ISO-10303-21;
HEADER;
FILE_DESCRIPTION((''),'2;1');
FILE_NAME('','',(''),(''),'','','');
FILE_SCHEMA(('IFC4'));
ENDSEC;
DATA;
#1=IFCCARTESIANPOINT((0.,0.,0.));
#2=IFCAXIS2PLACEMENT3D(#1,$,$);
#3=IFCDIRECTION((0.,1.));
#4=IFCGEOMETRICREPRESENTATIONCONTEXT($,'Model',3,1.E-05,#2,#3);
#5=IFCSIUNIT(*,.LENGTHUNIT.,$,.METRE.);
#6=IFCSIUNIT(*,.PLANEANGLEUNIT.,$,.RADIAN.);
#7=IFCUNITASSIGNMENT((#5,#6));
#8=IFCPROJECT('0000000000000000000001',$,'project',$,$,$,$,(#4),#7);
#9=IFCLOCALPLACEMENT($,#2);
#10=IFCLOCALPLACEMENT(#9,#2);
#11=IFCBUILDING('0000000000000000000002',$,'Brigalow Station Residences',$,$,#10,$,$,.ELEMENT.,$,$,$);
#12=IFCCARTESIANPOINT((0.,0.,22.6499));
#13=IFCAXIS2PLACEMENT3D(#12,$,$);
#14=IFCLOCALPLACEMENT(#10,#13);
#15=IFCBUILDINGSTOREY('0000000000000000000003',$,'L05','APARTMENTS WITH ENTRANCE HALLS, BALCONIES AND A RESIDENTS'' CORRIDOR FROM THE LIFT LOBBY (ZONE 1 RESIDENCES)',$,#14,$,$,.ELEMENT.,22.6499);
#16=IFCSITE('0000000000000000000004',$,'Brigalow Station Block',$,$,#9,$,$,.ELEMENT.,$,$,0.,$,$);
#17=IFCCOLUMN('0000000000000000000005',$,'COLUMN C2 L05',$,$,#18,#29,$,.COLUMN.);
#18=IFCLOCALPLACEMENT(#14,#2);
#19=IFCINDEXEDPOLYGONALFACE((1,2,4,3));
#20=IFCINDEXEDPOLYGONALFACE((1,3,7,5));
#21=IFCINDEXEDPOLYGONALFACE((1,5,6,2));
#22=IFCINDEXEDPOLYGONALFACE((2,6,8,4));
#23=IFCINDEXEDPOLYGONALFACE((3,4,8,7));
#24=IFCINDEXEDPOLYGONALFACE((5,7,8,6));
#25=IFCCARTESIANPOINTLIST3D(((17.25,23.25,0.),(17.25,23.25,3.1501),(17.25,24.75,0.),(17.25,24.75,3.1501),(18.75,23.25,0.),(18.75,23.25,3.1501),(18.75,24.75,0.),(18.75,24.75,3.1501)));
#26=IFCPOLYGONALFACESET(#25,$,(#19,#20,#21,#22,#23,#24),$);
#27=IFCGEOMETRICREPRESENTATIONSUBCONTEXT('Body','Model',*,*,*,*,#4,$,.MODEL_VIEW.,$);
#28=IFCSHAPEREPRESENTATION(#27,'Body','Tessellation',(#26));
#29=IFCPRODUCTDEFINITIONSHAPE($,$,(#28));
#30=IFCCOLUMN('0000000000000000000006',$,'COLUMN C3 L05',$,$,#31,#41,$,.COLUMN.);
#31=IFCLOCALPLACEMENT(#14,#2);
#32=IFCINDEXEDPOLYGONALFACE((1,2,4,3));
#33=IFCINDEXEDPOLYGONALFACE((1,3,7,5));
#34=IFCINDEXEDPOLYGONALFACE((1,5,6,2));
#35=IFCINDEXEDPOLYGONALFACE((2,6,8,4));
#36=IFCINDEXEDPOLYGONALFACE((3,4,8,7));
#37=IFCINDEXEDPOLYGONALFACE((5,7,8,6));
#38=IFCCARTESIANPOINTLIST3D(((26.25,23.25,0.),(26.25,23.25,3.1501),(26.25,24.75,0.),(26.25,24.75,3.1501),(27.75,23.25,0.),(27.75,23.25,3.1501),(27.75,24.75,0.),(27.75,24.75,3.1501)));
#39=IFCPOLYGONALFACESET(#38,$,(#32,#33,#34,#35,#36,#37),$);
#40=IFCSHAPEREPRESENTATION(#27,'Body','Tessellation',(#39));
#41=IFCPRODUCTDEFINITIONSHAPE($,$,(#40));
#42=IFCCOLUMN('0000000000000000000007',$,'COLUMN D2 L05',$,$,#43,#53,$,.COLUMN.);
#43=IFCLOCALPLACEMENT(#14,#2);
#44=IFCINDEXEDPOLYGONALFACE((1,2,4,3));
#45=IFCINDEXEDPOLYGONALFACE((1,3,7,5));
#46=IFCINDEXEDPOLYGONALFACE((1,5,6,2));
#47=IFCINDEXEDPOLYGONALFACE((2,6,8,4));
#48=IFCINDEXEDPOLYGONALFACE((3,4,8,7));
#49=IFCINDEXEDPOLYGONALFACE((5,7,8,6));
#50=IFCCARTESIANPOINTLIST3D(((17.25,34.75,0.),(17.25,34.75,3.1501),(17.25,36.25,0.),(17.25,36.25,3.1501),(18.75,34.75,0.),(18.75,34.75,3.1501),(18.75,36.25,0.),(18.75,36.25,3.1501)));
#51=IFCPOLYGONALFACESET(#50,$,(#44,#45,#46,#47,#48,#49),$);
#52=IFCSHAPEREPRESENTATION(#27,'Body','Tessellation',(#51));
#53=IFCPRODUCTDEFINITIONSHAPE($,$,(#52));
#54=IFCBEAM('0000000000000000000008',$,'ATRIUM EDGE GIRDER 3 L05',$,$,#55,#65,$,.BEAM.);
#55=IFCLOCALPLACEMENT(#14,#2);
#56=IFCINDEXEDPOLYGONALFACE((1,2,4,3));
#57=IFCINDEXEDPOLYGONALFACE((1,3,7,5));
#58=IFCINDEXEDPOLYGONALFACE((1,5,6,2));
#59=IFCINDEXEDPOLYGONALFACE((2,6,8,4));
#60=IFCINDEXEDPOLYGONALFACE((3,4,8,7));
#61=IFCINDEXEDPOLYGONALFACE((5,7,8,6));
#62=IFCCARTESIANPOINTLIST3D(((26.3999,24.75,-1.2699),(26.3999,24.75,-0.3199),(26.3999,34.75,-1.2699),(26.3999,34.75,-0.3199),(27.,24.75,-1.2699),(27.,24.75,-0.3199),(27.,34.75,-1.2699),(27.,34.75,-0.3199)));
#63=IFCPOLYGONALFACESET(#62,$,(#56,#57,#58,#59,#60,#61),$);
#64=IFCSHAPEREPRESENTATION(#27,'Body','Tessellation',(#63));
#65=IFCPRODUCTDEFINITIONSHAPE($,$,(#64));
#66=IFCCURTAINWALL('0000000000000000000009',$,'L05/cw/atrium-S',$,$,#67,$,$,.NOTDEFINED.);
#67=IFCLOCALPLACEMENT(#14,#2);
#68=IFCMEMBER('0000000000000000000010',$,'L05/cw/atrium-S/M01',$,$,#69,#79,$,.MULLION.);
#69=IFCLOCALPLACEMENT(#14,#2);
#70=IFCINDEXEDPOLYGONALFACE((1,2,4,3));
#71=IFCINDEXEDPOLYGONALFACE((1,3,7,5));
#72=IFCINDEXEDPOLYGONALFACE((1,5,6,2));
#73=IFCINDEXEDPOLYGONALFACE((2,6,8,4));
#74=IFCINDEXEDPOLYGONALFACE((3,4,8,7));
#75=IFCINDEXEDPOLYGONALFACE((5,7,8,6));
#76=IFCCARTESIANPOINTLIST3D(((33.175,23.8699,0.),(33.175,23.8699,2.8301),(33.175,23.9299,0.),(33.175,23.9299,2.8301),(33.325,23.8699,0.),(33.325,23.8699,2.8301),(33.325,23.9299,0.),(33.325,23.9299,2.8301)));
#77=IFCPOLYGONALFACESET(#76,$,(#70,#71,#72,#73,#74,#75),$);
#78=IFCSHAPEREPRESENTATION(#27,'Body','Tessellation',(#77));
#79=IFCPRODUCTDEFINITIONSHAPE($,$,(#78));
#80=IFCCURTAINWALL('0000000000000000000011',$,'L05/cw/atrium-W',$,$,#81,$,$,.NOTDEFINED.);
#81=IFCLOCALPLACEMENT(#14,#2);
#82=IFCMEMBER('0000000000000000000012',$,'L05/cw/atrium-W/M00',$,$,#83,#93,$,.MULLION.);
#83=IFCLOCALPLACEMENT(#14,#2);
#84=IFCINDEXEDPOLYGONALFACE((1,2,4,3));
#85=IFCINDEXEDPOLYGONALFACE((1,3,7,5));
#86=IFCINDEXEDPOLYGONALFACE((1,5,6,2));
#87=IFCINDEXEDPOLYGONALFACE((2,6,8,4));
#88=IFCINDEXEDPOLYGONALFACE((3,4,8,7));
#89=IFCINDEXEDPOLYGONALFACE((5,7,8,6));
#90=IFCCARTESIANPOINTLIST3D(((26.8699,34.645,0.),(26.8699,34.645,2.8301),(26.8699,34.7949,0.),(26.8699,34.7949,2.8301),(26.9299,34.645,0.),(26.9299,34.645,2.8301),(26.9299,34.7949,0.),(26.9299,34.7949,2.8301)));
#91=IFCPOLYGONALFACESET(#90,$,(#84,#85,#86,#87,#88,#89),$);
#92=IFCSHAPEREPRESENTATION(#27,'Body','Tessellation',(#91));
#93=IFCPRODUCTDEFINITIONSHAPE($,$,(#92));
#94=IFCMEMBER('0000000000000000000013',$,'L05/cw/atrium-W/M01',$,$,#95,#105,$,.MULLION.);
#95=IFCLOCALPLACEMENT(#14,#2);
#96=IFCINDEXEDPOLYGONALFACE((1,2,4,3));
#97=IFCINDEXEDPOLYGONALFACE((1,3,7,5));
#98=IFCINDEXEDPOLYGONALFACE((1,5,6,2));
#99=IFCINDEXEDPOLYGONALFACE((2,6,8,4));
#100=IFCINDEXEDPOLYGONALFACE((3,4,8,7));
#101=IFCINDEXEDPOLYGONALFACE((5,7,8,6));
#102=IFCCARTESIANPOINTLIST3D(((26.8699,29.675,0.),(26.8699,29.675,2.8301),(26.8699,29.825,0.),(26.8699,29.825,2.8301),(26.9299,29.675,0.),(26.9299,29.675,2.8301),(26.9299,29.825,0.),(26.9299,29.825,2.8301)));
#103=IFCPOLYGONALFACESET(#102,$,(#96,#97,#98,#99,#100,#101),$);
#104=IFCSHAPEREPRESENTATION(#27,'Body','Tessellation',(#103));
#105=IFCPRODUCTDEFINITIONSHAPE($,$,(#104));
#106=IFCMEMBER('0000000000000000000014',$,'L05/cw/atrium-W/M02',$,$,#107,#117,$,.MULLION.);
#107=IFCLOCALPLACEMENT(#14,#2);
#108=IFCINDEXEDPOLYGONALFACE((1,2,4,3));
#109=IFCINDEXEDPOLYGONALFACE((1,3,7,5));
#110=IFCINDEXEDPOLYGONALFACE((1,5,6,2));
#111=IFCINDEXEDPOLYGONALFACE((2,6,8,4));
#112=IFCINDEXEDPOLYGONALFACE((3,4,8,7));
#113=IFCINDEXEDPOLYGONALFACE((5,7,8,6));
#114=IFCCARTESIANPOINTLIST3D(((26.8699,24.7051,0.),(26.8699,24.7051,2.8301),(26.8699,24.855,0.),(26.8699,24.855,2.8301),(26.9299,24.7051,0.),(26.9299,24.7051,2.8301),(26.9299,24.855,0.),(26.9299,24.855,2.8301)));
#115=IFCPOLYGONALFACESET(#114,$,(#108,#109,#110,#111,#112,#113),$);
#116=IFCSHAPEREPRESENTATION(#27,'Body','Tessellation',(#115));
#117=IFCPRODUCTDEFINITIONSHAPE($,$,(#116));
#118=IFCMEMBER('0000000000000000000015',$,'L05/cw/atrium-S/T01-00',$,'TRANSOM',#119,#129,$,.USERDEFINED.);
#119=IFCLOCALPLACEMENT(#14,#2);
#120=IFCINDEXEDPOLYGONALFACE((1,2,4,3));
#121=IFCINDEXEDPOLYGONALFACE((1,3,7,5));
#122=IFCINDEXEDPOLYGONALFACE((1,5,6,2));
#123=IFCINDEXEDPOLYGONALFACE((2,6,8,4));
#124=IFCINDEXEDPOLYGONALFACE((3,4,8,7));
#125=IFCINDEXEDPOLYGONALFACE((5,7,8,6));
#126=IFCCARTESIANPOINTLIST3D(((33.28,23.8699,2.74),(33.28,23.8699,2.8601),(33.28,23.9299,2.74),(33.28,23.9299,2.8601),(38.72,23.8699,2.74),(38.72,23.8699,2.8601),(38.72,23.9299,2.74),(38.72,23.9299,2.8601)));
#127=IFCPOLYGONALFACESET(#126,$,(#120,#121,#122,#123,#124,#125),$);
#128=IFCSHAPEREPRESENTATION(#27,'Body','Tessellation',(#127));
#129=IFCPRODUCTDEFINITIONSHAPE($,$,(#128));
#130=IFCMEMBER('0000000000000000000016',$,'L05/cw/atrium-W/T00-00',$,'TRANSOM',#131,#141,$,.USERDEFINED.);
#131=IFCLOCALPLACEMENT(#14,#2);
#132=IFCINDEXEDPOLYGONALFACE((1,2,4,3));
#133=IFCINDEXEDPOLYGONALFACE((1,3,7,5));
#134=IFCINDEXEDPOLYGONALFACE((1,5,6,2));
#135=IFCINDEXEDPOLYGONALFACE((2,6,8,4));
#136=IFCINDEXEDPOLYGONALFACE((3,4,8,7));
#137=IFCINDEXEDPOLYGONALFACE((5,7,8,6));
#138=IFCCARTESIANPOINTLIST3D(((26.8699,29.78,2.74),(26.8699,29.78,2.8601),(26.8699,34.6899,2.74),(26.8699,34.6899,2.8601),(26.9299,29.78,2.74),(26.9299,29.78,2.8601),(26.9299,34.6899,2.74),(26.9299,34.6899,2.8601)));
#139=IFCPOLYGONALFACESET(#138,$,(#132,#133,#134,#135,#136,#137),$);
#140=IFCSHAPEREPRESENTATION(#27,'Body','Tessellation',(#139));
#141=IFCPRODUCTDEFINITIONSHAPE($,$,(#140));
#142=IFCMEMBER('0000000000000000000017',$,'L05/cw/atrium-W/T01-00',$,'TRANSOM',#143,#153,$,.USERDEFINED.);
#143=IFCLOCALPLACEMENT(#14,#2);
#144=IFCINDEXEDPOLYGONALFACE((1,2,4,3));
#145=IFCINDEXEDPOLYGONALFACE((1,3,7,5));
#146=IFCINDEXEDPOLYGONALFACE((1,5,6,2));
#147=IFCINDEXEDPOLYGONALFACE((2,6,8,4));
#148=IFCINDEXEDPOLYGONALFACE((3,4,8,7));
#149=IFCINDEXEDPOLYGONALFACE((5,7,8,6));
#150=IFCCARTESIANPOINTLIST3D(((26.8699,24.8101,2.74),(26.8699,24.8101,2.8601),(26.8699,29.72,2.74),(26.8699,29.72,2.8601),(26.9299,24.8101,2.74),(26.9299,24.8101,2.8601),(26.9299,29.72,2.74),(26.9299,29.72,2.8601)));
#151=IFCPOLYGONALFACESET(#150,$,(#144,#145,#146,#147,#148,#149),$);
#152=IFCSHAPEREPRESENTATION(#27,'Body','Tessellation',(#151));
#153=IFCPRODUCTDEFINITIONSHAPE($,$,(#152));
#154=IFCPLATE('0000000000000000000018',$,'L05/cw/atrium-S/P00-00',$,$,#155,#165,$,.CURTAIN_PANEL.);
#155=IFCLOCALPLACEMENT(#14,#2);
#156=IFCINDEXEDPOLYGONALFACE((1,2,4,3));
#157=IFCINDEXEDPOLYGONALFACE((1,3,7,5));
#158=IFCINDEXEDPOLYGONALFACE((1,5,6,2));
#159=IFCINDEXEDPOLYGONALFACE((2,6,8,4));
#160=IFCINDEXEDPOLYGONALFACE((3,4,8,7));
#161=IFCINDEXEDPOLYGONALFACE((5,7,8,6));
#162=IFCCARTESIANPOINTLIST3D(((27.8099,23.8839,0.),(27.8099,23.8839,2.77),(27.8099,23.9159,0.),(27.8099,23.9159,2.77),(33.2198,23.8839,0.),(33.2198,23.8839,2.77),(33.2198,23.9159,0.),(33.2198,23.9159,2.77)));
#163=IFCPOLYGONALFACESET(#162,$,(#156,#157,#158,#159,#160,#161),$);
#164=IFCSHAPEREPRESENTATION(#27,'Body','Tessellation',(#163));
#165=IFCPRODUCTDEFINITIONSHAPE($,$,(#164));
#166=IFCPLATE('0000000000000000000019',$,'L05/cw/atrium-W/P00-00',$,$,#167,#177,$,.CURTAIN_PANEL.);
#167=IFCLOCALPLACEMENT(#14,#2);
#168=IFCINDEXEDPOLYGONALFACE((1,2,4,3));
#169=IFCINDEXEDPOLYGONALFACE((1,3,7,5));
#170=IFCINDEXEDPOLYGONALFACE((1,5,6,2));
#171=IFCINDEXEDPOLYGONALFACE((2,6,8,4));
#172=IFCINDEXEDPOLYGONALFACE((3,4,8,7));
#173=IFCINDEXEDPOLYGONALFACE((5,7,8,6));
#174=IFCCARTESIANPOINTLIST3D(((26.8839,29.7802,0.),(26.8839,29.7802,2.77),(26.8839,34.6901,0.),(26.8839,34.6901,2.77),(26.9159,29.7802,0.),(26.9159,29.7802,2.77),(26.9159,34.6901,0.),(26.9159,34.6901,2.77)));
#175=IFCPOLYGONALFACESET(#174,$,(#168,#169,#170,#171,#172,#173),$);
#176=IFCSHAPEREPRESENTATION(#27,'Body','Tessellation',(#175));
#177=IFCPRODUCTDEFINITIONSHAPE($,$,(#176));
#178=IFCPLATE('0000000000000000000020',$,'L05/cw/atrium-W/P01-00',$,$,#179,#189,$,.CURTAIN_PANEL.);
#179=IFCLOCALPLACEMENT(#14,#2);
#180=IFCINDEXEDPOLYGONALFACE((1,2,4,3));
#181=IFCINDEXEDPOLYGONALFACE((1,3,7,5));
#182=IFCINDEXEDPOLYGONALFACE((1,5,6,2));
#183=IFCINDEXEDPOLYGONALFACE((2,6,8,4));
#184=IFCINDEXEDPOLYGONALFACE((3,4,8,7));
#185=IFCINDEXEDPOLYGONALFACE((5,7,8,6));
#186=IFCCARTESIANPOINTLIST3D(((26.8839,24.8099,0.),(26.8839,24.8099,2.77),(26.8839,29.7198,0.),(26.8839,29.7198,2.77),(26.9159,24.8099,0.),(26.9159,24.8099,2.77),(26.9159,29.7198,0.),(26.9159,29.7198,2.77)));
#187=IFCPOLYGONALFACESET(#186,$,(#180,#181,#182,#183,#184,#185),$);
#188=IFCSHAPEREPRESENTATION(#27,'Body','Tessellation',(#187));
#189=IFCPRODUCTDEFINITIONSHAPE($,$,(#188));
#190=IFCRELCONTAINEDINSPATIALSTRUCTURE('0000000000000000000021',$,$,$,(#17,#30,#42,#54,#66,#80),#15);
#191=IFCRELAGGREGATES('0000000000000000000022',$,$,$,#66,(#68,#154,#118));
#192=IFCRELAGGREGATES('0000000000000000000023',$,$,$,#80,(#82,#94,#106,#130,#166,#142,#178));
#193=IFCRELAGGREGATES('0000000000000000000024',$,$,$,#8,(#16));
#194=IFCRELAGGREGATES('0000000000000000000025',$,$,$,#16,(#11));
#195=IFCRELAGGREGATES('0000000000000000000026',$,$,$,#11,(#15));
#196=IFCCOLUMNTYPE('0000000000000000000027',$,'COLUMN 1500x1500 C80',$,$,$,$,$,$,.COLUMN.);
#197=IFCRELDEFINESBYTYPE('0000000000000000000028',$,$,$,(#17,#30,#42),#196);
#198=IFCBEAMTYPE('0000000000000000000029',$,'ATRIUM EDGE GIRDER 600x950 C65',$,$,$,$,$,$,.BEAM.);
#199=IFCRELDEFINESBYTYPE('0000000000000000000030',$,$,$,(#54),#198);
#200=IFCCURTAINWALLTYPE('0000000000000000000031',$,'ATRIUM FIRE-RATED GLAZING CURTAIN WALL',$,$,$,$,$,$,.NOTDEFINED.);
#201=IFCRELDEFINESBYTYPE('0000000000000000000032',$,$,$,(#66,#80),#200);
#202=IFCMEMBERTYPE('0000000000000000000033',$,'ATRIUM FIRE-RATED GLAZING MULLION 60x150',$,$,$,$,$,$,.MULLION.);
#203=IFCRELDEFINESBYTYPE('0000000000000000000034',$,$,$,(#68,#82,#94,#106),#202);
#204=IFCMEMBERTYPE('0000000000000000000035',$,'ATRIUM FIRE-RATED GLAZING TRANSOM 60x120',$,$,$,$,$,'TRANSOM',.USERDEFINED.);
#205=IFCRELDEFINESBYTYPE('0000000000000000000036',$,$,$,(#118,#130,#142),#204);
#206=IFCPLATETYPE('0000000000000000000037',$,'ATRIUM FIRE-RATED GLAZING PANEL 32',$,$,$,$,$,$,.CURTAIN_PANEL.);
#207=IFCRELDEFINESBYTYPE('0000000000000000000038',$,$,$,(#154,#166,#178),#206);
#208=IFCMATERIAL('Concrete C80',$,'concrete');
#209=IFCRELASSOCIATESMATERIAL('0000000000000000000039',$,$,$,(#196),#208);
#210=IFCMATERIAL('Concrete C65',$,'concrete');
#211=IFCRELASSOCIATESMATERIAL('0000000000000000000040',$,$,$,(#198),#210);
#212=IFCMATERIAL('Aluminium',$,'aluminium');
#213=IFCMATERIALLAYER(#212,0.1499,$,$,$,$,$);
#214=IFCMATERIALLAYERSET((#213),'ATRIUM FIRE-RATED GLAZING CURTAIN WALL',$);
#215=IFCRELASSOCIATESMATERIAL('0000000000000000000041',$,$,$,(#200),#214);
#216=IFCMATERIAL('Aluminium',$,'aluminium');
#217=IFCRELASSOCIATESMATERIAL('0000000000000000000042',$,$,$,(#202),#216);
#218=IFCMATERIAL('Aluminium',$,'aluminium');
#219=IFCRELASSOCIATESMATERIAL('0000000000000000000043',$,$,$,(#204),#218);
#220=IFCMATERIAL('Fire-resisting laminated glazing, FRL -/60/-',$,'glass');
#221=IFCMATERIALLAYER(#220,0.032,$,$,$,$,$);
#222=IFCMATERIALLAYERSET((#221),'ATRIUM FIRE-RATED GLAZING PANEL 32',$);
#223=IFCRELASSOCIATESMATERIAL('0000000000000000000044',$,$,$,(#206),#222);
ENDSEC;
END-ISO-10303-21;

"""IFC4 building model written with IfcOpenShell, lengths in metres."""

from ifc_helpers import new_model, si_unit, direction, frame, origin, origin_2d, place, context, subcontext, project, spatial, rectangle, extrude, material, layer, layer_set, material_profile, profile_set, type_object, element, aggregate, save


model = new_model("IFC4")

# Units and contexts
model_context = context("Model", 3, precision=1e-05, world=origin(), true_north=direction((0.0, 1.0)))
body_context = subcontext(model_context, "Body", "Model", "MODEL_VIEW")
ifc_project = project(units=[si_unit("LENGTHUNIT", "METRE"), si_unit("PLANEANGLEUNIT", "RADIAN")], contexts=[model_context])

# Site, building, storey
site_placement = place(None, origin())
site = spatial("IfcSite", under=ifc_project, at=site_placement, Name="Brigalow Station Block", CompositionType="ELEMENT", RefElevation=0.0)
building_placement = place(site_placement, origin())
building = spatial("IfcBuilding", under=site, at=building_placement, Name="Brigalow Station Residences", CompositionType="ELEMENT")
storey_placement = place(building_placement, frame((0.0, 0.0, 22.6499)))
storey = spatial("IfcBuildingStorey", under=building, at=storey_placement, Name="L05", Description="APARTMENTS WITH ENTRANCE HALLS, BALCONIES AND A RESIDENTS' CORRIDOR FROM THE LIFT LOBBY (ZONE 1 RESIDENCES)", CompositionType="ELEMENT", Elevation=22.6499)

# Columns
ifc_material_1 = material(Name="Concrete C80", Category="concrete")
ifc_material_profile_1 = material_profile(ifc_material_1, rectangle(XDim=1.5, YDim=1.5, at=origin_2d()), Name="RC1500x1500")
ifc_profile_set_1 = profile_set([ifc_material_profile_1], Name="Concrete C80")
column_type = type_object("IfcColumnType", Name="COLUMN 1500x1500 C80", PredefinedType="COLUMN", material=ifc_profile_set_1)
for number, where, z_axis, x_axis, name in (
    (1, (18.0, 24.0, 0.0), (0.0, 0.0, 1.0), (1.0, 0.0, 0.0), "COLUMN C2 L05"),
    (2, (27.0, 24.0, 0.0), (0.0, 0.0, 1.0), (1.0, 0.0, 0.0), "COLUMN C3 L05"),
    (3, (18.0, 35.5, 0.0), (0.0, 0.0, 1.0), (1.0, 0.0, 0.0), "COLUMN D2 L05"),
):
    element("IfcColumn", number, at=place(storey_placement, frame(where, z_axis=z_axis, x_axis=x_axis)), inside=storey, type_object=column_type, Name=name, PredefinedType="COLUMN", context=body_context, shape_type="SweptSolid", body=[
        extrude(rectangle(XDim=1.5, YDim=1.5, at=origin_2d()), origin(), (0.0, 0.0, 1.0), 3.1501),
    ])

# Beam
ifc_material_2 = material(Name="Concrete C65", Category="concrete")
ifc_material_profile_2 = material_profile(ifc_material_2, rectangle(XDim=0.6001, YDim=0.95, at=origin_2d()), Name="RC600x950")
ifc_profile_set_2 = profile_set([ifc_material_profile_2], Name="Concrete C65")
beam_type = type_object("IfcBeamType", Name="ATRIUM EDGE GIRDER 600x950 C65", PredefinedType="BEAM", material=ifc_profile_set_2)
beam_placement = place(storey_placement, frame((26.7, 24.75, -0.7949), z_axis=(0.0, 1.0, 0.0), x_axis=(-1.0, 0.0, 0.0)))
element("IfcBeam", 4, at=beam_placement, inside=storey, type_object=beam_type, Name="ATRIUM EDGE GIRDER 3 L05", PredefinedType="BEAM", context=body_context, shape_type="SweptSolid", body=[
    extrude(rectangle(XDim=0.6001, YDim=0.95, at=origin_2d()), origin(), (0.0, 0.0, 1.0), 10.0),
])

# Curtain wall, member
ifc_material_3 = material(Name="Aluminium", Category="aluminium")
ifc_layer_1 = layer(ifc_material_3, 0.1499)
ifc_layer_set_1 = layer_set([ifc_layer_1], Name="ATRIUM FIRE-RATED GLAZING CURTAIN WALL")
curtain_wall_type = type_object("IfcCurtainWallType", Name="ATRIUM FIRE-RATED GLAZING CURTAIN WALL", PredefinedType="NOTDEFINED", material=ifc_layer_set_1)
curtain_wall_1_placement = place(storey_placement, origin())
curtain_wall_1 = element("IfcCurtainWall", 5, at=curtain_wall_1_placement, inside=storey, type_object=curtain_wall_type, Name="L05/cw/atrium-S", PredefinedType="NOTDEFINED")
ifc_material_4 = material(Name="Aluminium", Category="aluminium")
ifc_material_profile_3 = material_profile(ifc_material_4, rectangle(XDim=0.0601, YDim=0.1499, at=origin_2d()), Name="ATRIUM FIRE-RATED GLAZING MULLION 60x150")
ifc_profile_set_3 = profile_set([ifc_material_profile_3], Name="Aluminium")
member_type_1 = type_object("IfcMemberType", Name="ATRIUM FIRE-RATED GLAZING MULLION 60x150", PredefinedType="MULLION", material=ifc_profile_set_3)
member_1_placement = place(storey_placement, frame((33.25, 23.8999, 0.0), z_axis=(0.0, 0.0, 1.0), x_axis=(0.0, 1.0, 0.0)))
member_1 = element("IfcMember", 6, at=member_1_placement, type_object=member_type_1, Name="L05/cw/atrium-S/M01", PredefinedType="MULLION", context=body_context, shape_type="SweptSolid", body=[
    extrude(rectangle(XDim=0.0601, YDim=0.1499, at=origin_2d()), origin(), (0.0, 0.0, 1.0), 2.8301),
])

# Curtain wall, members
curtain_wall_2_placement = place(storey_placement, origin())
curtain_wall_2 = element("IfcCurtainWall", 7, at=curtain_wall_2_placement, inside=storey, type_object=curtain_wall_type, Name="L05/cw/atrium-W", PredefinedType="NOTDEFINED")
member_2_placement = place(storey_placement, frame((26.8999, 34.72, 0.0), z_axis=(0.0, 0.0, 1.0), x_axis=(1.0, 0.0, 0.0)))
member_2 = element("IfcMember", 8, at=member_2_placement, type_object=member_type_1, Name="L05/cw/atrium-W/M00", PredefinedType="MULLION", context=body_context, shape_type="SweptSolid", body=[
    extrude(rectangle(XDim=0.0601, YDim=0.1499, at=origin_2d()), origin(), (0.0, 0.0, 1.0), 2.8301),
])
member_3_placement = place(storey_placement, frame((26.8999, 29.75, 0.0), z_axis=(0.0, 0.0, 1.0), x_axis=(1.0, 0.0, 0.0)))
member_3 = element("IfcMember", 9, at=member_3_placement, type_object=member_type_1, Name="L05/cw/atrium-W/M01", PredefinedType="MULLION", context=body_context, shape_type="SweptSolid", body=[
    extrude(rectangle(XDim=0.0601, YDim=0.1499, at=origin_2d()), origin(), (0.0, 0.0, 1.0), 2.8301),
])
member_4_placement = place(storey_placement, frame((26.8999, 24.78, 0.0), z_axis=(0.0, 0.0, 1.0), x_axis=(1.0, 0.0, 0.0)))
member_4 = element("IfcMember", 10, at=member_4_placement, type_object=member_type_1, Name="L05/cw/atrium-W/M02", PredefinedType="MULLION", context=body_context, shape_type="SweptSolid", body=[
    extrude(rectangle(XDim=0.0601, YDim=0.1499, at=origin_2d()), origin(), (0.0, 0.0, 1.0), 2.8301),
])

# Members
ifc_material_5 = material(Name="Aluminium", Category="aluminium")
ifc_material_profile_4 = material_profile(ifc_material_5, rectangle(XDim=0.0601, YDim=0.1201, at=origin_2d()), Name="ATRIUM FIRE-RATED GLAZING TRANSOM 60x120")
ifc_profile_set_4 = profile_set([ifc_material_profile_4], Name="Aluminium")
member_type_2 = type_object("IfcMemberType", Name="ATRIUM FIRE-RATED GLAZING TRANSOM 60x120", ElementType="TRANSOM", PredefinedType="USERDEFINED", material=ifc_profile_set_4)
member_5_placement = place(storey_placement, frame((33.28, 23.8999, 2.8), z_axis=(1.0, 0.0, 0.0), x_axis=(0.0, 1.0, 0.0)))
member_5 = element("IfcMember", 11, at=member_5_placement, type_object=member_type_2, Name="L05/cw/atrium-S/T01-00", ObjectType="TRANSOM", PredefinedType="USERDEFINED", context=body_context, shape_type="SweptSolid", body=[
    extrude(rectangle(XDim=0.0601, YDim=0.1201, at=origin_2d()), origin(), (0.0, 0.0, 1.0), 5.4399),
])
member_6_placement = place(storey_placement, frame((26.8999, 34.6899, 2.8), z_axis=(0.0, -1.0, 0.0), x_axis=(1.0, 0.0, 0.0)))
member_6 = element("IfcMember", 12, at=member_6_placement, type_object=member_type_2, Name="L05/cw/atrium-W/T00-00", ObjectType="TRANSOM", PredefinedType="USERDEFINED", context=body_context, shape_type="SweptSolid", body=[
    extrude(rectangle(XDim=0.0601, YDim=0.1201, at=origin_2d()), origin(), (0.0, 0.0, 1.0), 4.9099),
])
member_7_placement = place(storey_placement, frame((26.8999, 29.72, 2.8), z_axis=(0.0, -1.0, 0.0), x_axis=(1.0, 0.0, 0.0)))
member_7 = element("IfcMember", 13, at=member_7_placement, type_object=member_type_2, Name="L05/cw/atrium-W/T01-00", ObjectType="TRANSOM", PredefinedType="USERDEFINED", context=body_context, shape_type="SweptSolid", body=[
    extrude(rectangle(XDim=0.0601, YDim=0.1201, at=origin_2d()), origin(), (0.0, 0.0, 1.0), 4.9099),
])

# Plates
ifc_material_6 = material(Name="Fire-resisting laminated glazing, FRL -/60/-", Category="glass")
ifc_layer_2 = layer(ifc_material_6, 0.032)
ifc_layer_set_2 = layer_set([ifc_layer_2], Name="ATRIUM FIRE-RATED GLAZING PANEL 32")
plate_type = type_object("IfcPlateType", Name="ATRIUM FIRE-RATED GLAZING PANEL 32", PredefinedType="CURTAIN_PANEL", material=ifc_layer_set_2)
plate_1_placement = place(storey_placement, frame((30.5149, 23.8999, 0.0), z_axis=(0.0, 0.0, 1.0), x_axis=(1.0, 0.0, 0.0)))
plate_1 = element("IfcPlate", 14, at=plate_1_placement, type_object=plate_type, Name="L05/cw/atrium-S/P00-00", PredefinedType="CURTAIN_PANEL", context=body_context, shape_type="SweptSolid", body=[
    extrude(rectangle(XDim=5.4099, YDim=0.032, at=origin_2d()), origin(), (0.0, 0.0, 1.0), 2.77),
])
aggregate(curtain_wall_1, [member_1, plate_1, member_5])
plate_2_placement = place(storey_placement, frame((26.8999, 32.2351, 0.0), z_axis=(0.0, 0.0, 1.0), x_axis=(0.0, -1.0, 0.0)))
plate_2 = element("IfcPlate", 15, at=plate_2_placement, type_object=plate_type, Name="L05/cw/atrium-W/P00-00", PredefinedType="CURTAIN_PANEL", context=body_context, shape_type="SweptSolid", body=[
    extrude(rectangle(XDim=4.9099, YDim=0.032, at=origin_2d()), origin(), (0.0, 0.0, 1.0), 2.77),
])
plate_3_placement = place(storey_placement, frame((26.8999, 27.2649, 0.0), z_axis=(0.0, 0.0, 1.0), x_axis=(0.0, -1.0, 0.0)))
plate_3 = element("IfcPlate", 16, at=plate_3_placement, type_object=plate_type, Name="L05/cw/atrium-W/P01-00", PredefinedType="CURTAIN_PANEL", context=body_context, shape_type="SweptSolid", body=[
    extrude(rectangle(XDim=4.9099, YDim=0.032, at=origin_2d()), origin(), (0.0, 0.0, 1.0), 2.77),
])
aggregate(curtain_wall_2, [member_2, member_3, member_4, member_6, plate_2, member_7, plate_3])

save(model, "model.ifc")
